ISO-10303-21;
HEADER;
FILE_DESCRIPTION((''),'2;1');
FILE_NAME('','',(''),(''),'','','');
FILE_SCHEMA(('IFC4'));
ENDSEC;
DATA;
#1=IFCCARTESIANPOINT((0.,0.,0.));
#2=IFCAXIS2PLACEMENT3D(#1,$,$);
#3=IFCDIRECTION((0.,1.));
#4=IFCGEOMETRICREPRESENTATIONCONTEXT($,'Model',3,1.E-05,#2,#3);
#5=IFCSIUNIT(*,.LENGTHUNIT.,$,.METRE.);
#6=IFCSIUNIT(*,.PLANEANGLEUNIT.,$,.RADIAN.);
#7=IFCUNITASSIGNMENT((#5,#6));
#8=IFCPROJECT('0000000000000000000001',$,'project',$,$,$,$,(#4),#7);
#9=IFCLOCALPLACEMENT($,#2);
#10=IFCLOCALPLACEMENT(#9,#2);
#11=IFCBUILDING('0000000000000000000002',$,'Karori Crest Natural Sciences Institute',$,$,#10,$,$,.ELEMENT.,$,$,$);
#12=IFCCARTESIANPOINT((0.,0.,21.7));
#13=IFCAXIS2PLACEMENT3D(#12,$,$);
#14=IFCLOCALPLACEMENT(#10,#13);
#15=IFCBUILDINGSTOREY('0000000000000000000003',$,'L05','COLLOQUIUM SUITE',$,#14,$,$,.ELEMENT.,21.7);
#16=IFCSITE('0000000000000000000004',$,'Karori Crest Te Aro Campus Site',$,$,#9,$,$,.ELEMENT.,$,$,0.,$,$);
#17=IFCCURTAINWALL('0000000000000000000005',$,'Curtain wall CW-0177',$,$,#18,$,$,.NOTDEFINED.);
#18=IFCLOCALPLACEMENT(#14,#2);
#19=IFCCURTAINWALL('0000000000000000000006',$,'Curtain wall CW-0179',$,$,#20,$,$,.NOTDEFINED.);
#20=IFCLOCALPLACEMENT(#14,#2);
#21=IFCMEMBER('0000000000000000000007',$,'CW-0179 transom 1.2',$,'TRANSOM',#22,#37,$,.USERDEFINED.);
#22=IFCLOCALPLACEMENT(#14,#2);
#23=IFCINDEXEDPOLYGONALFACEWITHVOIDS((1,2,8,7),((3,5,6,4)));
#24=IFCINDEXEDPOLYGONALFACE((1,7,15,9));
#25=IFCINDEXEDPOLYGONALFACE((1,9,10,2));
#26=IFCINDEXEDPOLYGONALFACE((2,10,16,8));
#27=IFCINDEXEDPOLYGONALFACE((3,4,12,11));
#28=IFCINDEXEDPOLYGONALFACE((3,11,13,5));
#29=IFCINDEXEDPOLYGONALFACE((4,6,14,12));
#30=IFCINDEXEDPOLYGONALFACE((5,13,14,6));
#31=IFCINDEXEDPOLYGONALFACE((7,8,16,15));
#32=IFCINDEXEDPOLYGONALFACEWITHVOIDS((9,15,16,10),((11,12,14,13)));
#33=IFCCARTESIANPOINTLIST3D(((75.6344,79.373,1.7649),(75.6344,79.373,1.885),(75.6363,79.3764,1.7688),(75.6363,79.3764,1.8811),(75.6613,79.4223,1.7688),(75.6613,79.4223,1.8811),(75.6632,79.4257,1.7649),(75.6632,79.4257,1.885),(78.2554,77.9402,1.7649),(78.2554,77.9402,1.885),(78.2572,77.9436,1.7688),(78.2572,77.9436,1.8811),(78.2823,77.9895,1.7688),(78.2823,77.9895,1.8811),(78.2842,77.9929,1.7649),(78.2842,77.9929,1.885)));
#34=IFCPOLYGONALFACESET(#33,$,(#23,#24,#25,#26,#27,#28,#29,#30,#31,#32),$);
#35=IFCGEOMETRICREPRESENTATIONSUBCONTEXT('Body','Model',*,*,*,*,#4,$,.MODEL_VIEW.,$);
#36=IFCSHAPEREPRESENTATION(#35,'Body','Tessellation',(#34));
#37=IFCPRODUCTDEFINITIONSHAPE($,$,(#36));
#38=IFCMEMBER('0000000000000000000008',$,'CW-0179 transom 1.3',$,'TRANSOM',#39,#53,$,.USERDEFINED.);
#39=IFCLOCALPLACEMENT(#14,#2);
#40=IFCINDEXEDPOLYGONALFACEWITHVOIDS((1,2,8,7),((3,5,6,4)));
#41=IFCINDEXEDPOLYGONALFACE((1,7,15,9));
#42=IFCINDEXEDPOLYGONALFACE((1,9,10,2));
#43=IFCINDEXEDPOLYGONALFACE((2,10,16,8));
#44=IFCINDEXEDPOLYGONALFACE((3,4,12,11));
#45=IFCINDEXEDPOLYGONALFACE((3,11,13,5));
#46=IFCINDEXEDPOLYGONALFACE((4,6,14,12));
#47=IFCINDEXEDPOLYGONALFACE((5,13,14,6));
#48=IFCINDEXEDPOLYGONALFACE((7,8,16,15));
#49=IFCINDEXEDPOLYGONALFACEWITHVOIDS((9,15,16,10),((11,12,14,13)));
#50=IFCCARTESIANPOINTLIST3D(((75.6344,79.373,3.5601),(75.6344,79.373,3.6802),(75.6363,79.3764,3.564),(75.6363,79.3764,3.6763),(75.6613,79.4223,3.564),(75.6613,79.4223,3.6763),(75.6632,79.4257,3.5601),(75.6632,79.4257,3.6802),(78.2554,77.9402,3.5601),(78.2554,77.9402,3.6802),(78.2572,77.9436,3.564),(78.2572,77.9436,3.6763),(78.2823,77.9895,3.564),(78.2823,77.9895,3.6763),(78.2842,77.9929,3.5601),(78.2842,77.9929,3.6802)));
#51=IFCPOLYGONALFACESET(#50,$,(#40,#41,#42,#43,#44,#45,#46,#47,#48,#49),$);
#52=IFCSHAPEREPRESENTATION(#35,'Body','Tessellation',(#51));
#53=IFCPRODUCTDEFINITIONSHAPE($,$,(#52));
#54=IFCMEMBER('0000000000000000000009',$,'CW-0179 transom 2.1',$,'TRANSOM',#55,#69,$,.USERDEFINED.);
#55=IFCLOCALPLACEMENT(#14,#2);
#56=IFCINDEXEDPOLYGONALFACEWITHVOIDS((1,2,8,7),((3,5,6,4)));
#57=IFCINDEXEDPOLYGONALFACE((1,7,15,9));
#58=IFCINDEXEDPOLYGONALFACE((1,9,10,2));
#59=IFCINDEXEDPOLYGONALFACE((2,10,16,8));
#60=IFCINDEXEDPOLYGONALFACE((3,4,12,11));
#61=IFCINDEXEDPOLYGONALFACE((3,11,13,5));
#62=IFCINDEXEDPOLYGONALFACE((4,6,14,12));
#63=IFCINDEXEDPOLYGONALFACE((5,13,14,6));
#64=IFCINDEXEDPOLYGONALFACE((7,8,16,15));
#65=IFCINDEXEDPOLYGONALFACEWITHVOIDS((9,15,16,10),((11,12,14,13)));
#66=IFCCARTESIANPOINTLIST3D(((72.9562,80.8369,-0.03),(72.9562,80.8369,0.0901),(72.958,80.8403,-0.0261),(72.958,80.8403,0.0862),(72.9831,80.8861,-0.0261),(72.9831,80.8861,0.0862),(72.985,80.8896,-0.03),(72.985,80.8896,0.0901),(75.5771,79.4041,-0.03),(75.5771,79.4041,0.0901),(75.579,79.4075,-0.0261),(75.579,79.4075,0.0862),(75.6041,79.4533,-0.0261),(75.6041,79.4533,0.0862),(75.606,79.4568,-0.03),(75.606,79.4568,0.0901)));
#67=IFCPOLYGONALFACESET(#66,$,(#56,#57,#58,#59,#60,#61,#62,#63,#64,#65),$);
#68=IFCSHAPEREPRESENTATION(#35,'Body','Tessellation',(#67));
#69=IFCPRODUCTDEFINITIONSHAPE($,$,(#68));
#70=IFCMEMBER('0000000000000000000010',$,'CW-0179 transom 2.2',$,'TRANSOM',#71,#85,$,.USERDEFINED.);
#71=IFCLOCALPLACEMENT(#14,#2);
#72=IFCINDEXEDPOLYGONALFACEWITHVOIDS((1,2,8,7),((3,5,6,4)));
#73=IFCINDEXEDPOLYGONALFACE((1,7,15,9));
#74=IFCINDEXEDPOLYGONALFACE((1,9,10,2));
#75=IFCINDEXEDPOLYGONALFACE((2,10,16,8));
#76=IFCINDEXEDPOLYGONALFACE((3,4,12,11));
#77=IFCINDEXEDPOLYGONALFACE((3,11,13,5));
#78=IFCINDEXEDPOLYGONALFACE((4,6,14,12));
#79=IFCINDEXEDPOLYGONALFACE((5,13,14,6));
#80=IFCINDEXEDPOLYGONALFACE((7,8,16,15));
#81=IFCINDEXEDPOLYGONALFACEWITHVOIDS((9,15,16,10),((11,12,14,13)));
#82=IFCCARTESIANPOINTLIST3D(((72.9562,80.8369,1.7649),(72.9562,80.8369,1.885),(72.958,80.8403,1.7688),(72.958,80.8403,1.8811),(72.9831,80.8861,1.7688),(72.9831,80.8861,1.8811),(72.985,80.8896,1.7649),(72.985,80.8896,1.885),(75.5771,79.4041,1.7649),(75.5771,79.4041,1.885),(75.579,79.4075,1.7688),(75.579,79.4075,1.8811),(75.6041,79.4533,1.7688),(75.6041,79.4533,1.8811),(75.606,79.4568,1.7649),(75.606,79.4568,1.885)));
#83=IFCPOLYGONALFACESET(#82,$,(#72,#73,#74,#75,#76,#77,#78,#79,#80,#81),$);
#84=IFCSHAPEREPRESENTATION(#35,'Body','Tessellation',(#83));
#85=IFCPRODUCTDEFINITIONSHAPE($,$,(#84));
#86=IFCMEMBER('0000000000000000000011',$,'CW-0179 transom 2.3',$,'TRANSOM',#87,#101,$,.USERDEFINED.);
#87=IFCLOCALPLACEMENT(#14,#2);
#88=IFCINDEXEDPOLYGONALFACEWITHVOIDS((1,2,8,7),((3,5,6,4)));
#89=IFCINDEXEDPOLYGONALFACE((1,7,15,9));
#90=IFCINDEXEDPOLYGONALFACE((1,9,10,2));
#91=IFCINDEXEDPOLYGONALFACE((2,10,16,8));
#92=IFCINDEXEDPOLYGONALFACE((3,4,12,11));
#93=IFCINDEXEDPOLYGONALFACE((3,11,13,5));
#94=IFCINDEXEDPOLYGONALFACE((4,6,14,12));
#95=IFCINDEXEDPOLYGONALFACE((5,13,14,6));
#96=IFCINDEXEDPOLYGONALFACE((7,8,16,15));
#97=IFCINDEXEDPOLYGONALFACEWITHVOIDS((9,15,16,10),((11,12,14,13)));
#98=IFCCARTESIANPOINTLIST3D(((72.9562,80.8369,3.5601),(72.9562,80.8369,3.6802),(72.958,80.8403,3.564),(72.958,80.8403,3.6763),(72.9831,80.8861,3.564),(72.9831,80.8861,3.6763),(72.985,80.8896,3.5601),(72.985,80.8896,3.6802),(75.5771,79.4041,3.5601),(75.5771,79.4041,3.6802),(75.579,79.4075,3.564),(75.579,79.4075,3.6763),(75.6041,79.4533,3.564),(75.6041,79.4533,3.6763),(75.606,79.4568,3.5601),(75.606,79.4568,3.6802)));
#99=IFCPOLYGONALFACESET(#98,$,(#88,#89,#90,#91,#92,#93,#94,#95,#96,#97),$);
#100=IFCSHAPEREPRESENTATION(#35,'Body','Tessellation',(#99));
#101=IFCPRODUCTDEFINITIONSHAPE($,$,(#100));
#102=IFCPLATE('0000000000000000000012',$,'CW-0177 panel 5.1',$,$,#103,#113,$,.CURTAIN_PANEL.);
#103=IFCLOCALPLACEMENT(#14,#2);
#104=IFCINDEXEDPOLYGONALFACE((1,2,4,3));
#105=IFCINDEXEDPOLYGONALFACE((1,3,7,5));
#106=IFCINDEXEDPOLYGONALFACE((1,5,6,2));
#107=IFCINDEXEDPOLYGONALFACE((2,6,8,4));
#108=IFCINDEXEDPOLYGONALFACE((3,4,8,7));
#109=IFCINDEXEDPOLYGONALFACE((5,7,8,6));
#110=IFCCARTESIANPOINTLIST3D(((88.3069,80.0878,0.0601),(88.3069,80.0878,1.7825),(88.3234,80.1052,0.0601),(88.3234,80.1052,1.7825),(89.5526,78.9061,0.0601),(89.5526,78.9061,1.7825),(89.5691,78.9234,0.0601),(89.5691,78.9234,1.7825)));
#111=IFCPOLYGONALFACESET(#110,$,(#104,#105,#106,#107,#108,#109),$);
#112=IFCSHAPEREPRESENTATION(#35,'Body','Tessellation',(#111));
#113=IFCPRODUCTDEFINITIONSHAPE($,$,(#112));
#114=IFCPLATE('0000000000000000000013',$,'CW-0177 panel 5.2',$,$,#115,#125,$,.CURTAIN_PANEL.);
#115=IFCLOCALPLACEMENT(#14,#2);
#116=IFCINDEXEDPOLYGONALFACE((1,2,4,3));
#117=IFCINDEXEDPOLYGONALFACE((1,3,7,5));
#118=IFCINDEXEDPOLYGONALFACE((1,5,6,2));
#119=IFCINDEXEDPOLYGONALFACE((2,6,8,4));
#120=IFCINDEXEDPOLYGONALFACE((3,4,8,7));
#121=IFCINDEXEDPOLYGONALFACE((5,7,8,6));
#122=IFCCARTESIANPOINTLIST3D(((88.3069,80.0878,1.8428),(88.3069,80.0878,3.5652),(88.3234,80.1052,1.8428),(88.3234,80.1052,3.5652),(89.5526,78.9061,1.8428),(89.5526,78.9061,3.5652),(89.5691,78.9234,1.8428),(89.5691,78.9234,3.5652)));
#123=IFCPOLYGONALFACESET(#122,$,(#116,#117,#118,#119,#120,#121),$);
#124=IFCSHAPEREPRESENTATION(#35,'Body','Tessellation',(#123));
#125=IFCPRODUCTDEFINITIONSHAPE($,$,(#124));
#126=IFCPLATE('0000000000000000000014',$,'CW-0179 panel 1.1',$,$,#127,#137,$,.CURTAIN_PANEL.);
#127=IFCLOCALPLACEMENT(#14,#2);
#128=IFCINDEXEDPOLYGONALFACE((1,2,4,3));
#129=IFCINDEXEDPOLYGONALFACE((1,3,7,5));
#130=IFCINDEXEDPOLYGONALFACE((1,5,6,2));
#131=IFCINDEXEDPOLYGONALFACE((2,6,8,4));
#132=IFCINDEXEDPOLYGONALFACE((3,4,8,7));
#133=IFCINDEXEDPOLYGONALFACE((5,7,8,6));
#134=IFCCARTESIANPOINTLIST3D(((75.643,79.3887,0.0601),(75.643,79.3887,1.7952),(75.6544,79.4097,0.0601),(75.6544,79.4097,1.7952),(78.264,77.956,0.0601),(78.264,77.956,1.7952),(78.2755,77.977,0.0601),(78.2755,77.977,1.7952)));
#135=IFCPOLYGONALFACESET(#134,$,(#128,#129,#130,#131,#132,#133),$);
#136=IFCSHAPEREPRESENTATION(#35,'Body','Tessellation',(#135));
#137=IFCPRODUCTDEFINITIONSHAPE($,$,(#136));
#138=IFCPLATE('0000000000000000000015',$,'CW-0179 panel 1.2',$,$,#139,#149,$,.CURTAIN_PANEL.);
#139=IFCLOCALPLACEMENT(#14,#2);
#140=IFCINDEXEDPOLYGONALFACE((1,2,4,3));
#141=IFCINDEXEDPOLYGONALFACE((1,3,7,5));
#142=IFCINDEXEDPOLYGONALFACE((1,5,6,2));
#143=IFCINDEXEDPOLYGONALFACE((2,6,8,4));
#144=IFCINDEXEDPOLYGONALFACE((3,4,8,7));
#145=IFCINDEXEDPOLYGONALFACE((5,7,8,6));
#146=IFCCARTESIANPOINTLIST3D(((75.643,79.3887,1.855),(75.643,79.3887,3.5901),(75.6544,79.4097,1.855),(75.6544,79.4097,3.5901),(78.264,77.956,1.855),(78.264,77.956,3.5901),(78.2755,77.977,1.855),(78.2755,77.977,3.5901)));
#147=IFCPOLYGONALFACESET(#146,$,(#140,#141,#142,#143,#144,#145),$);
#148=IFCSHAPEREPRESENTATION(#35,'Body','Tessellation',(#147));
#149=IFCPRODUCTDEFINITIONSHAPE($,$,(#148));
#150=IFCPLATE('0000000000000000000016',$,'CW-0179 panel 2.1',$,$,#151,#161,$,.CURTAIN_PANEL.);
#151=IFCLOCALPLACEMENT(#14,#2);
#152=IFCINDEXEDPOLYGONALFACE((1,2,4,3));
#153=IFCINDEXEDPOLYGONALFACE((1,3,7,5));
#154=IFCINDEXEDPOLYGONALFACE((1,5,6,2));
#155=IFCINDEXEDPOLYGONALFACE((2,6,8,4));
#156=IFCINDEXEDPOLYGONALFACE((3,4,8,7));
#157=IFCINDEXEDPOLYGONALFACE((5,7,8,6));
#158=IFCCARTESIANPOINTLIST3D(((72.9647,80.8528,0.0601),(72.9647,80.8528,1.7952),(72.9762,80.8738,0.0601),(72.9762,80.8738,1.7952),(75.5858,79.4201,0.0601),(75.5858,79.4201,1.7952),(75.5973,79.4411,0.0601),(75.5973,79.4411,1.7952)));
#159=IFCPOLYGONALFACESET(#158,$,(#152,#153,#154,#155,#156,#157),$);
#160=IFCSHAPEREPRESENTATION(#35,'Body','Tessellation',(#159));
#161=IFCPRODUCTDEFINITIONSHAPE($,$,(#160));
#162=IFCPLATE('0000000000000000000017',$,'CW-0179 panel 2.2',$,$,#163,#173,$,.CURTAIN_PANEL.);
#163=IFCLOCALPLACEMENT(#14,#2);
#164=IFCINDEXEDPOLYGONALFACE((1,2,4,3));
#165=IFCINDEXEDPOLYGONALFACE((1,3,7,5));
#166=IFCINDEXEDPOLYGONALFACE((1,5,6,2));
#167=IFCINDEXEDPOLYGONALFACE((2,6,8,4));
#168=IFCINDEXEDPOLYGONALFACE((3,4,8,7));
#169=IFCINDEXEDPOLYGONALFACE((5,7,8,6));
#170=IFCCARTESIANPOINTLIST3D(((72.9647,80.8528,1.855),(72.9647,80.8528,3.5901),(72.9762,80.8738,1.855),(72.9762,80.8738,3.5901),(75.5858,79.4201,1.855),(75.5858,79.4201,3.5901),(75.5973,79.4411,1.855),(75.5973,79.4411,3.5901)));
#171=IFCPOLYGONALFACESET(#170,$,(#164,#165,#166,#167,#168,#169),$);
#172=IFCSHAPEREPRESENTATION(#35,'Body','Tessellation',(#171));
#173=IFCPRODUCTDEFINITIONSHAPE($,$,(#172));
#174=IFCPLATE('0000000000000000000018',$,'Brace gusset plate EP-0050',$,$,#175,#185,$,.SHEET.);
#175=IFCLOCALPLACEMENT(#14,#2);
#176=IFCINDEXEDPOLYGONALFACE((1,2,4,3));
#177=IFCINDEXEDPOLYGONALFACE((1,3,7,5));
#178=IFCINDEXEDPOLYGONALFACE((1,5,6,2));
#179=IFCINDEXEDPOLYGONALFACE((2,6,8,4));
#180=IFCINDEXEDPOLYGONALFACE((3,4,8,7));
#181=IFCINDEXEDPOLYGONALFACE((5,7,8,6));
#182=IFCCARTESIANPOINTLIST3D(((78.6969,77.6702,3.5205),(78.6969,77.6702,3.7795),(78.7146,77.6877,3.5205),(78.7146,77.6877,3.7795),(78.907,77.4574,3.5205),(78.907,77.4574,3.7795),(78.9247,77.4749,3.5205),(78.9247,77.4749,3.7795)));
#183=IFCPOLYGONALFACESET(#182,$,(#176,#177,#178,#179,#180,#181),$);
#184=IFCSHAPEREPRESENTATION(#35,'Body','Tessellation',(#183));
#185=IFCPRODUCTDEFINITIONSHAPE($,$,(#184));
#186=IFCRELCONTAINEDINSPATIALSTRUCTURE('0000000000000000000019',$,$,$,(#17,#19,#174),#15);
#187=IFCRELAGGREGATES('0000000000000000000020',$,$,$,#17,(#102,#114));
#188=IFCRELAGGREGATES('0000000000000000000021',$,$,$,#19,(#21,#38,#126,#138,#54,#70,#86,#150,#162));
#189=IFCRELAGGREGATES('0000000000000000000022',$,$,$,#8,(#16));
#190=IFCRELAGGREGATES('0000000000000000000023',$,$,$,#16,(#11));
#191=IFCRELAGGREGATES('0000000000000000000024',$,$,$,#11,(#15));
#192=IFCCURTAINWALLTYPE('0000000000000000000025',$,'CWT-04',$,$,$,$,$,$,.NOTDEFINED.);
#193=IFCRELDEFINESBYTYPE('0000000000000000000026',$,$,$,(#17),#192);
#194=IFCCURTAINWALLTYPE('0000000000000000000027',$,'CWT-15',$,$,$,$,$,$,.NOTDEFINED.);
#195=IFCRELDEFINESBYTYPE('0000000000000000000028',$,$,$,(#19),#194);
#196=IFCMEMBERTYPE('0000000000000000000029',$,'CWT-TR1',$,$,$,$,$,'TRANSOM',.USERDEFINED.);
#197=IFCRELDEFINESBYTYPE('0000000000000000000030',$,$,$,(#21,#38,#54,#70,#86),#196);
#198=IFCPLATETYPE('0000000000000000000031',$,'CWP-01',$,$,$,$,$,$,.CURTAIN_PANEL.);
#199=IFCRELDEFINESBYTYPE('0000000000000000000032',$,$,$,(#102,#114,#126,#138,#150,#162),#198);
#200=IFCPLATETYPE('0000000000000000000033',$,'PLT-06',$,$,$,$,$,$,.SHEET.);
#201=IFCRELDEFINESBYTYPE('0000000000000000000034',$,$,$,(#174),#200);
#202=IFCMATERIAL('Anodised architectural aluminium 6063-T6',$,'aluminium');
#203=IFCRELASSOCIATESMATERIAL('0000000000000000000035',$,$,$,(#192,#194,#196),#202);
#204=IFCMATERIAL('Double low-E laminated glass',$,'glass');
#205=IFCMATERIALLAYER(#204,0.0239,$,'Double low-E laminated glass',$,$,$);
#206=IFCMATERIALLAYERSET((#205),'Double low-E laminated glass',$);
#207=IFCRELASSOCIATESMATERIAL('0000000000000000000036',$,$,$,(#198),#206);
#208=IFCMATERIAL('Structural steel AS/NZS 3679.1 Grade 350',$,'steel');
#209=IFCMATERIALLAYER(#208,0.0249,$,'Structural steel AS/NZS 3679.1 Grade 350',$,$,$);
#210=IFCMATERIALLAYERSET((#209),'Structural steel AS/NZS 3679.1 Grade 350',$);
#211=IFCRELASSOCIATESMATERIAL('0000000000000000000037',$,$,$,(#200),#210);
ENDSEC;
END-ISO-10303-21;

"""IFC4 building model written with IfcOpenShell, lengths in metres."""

from ifc_helpers import new_model, si_unit, direction, frame, origin, origin_2d, place, context, subcontext, project, spatial, rectangle, hollow_rectangle, extrude, material, layer, layer_set, material_profile, profile_set, type_object, element, aggregate, save


model = new_model("IFC4")

# Units and contexts
model_context = context("Model", 3, precision=1e-05, world=origin(), true_north=direction((0.0, 1.0)))
body_context = subcontext(model_context, "Body", "Model", "MODEL_VIEW")
ifc_project = project(units=[si_unit("LENGTHUNIT", "METRE"), si_unit("PLANEANGLEUNIT", "RADIAN")], contexts=[model_context])

# Site, building, storey
site_placement = place(None, origin())
site = spatial("IfcSite", under=ifc_project, at=site_placement, Name="Karori Crest Te Aro Campus Site", CompositionType="ELEMENT", RefElevation=0.0)
building_placement = place(site_placement, origin())
building = spatial("IfcBuilding", under=site, at=building_placement, Name="Karori Crest Natural Sciences Institute", CompositionType="ELEMENT")
storey_placement = place(building_placement, frame((0.0, 0.0, 21.7)))
storey = spatial("IfcBuildingStorey", under=building, at=storey_placement, Name="L05", Description="COLLOQUIUM SUITE", CompositionType="ELEMENT", Elevation=21.7)

# Shared definitions
ifc_material_1 = material(Name="Structural steel AS/NZS 3679.1 Grade 350", Category="steel")

# Shared definitions
ifc_material_2 = material(Name="Anodised architectural aluminium 6063-T6", Category="aluminium")

# Curtain walls
curtain_wall_type_1 = type_object("IfcCurtainWallType", Name="CWT-04", PredefinedType="NOTDEFINED", material=ifc_material_2)
curtain_wall_1_placement = place(storey_placement, origin())
curtain_wall_1 = element("IfcCurtainWall", 1, at=curtain_wall_1_placement, inside=storey, type_object=curtain_wall_type_1, Name="Curtain wall CW-0177", PredefinedType="NOTDEFINED")
curtain_wall_type_2 = type_object("IfcCurtainWallType", Name="CWT-15", PredefinedType="NOTDEFINED", material=ifc_material_2)
curtain_wall_2_placement = place(storey_placement, origin())
curtain_wall_2 = element("IfcCurtainWall", 2, at=curtain_wall_2_placement, inside=storey, type_object=curtain_wall_type_2, Name="Curtain wall CW-0179", PredefinedType="NOTDEFINED")

# Members
ifc_material_profile_1 = material_profile(ifc_material_2, hollow_rectangle(XDim=0.0601, YDim=0.1201, WallThickness=0.0039, at=origin_2d()), Name="CWT120x60x4")
ifc_profile_set_1 = profile_set([ifc_material_profile_1], Name="Anodised architectural aluminium 6063-T6")
member_type_1 = type_object("IfcMemberType", Name="CWT-TR1", ElementType="TRANSOM", PredefinedType="USERDEFINED", material=ifc_profile_set_1)
member_1_placement = place(storey_placement, frame((78.2698, 77.9666, 1.825), z_axis=(-0.877449, 0.479671, 0.0), x_axis=(-0.479671, -0.877449, 0.0)))
member_1 = element("IfcMember", 3, at=member_1_placement, type_object=member_type_1, Name="CW-0179 transom 1.2", ObjectType="TRANSOM", PredefinedType="USERDEFINED", context=body_context, shape_type="SweptSolid", body=[
    extrude(hollow_rectangle(XDim=0.0601, YDim=0.1201, WallThickness=0.0039, at=origin_2d()), origin(), (0.0, 0.0, 1.0), 2.9871),
])
member_2_placement = place(storey_placement, frame((78.2698, 77.9666, 3.6201), z_axis=(-0.877449, 0.479671, 0.0), x_axis=(-0.479671, -0.877449, 0.0)))
member_2 = element("IfcMember", 4, at=member_2_placement, type_object=member_type_1, Name="CW-0179 transom 1.3", ObjectType="TRANSOM", PredefinedType="USERDEFINED", context=body_context, shape_type="SweptSolid", body=[
    extrude(hollow_rectangle(XDim=0.0601, YDim=0.1201, WallThickness=0.0039, at=origin_2d()), origin(), (0.0, 0.0, 1.0), 2.9871),
])
member_3_placement = place(storey_placement, frame((75.5916, 79.4304, 0.03), z_axis=(-0.877449, 0.479671, 0.0), x_axis=(-0.479671, -0.877449, 0.0)))
member_3 = element("IfcMember", 5, at=member_3_placement, type_object=member_type_1, Name="CW-0179 transom 2.1", ObjectType="TRANSOM", PredefinedType="USERDEFINED", context=body_context, shape_type="SweptSolid", body=[
    extrude(hollow_rectangle(XDim=0.0601, YDim=0.1201, WallThickness=0.0039, at=origin_2d()), origin(), (0.0, 0.0, 1.0), 2.9871),
])
member_4_placement = place(storey_placement, frame((75.5916, 79.4304, 1.825), z_axis=(-0.877449, 0.479671, 0.0), x_axis=(-0.479671, -0.877449, 0.0)))
member_4 = element("IfcMember", 6, at=member_4_placement, type_object=member_type_1, Name="CW-0179 transom 2.2", ObjectType="TRANSOM", PredefinedType="USERDEFINED", context=body_context, shape_type="SweptSolid", body=[
    extrude(hollow_rectangle(XDim=0.0601, YDim=0.1201, WallThickness=0.0039, at=origin_2d()), origin(), (0.0, 0.0, 1.0), 2.9871),
])
member_5_placement = place(storey_placement, frame((75.5916, 79.4304, 3.6201), z_axis=(-0.877449, 0.479671, 0.0), x_axis=(-0.479671, -0.877449, 0.0)))
member_5 = element("IfcMember", 7, at=member_5_placement, type_object=member_type_1, Name="CW-0179 transom 2.3", ObjectType="TRANSOM", PredefinedType="USERDEFINED", context=body_context, shape_type="SweptSolid", body=[
    extrude(hollow_rectangle(XDim=0.0601, YDim=0.1201, WallThickness=0.0039, at=origin_2d()), origin(), (0.0, 0.0, 1.0), 2.9871),
])

# Plates
ifc_material_3 = material(Name="Double low-E laminated glass", Category="glass")
ifc_layer_1 = layer(ifc_material_3, 0.0239, Name="Double low-E laminated glass")
ifc_layer_set_1 = layer_set([ifc_layer_1], Name="Double low-E laminated glass")
plate_type_1 = type_object("IfcPlateType", Name="CWP-01", PredefinedType="CURTAIN_PANEL", material=ifc_layer_set_1)
plate_1_placement = place(storey_placement, frame((88.938, 79.5056, 0.0601), z_axis=(0.0, 0.0, 1.0), x_axis=(0.725471, -0.688252, 0.0)))
plate_1 = element("IfcPlate", 8, at=plate_1_placement, type_object=plate_type_1, Name="CW-0177 panel 5.1", PredefinedType="CURTAIN_PANEL", context=body_context, shape_type="SweptSolid", body=[
    extrude(rectangle(XDim=1.717, YDim=0.0239, at=origin_2d()), origin(), (0.0, 0.0, 1.0), 1.7224),
])
plate_2_placement = place(storey_placement, frame((88.938, 79.5056, 1.8428), z_axis=(0.0, 0.0, 1.0), x_axis=(0.725471, -0.688252, 0.0)))
plate_2 = element("IfcPlate", 9, at=plate_2_placement, type_object=plate_type_1, Name="CW-0177 panel 5.2", PredefinedType="CURTAIN_PANEL", context=body_context, shape_type="SweptSolid", body=[
    extrude(rectangle(XDim=1.717, YDim=0.0239, at=origin_2d()), origin(), (0.0, 0.0, 1.0), 1.7224),
])
aggregate(curtain_wall_1, [plate_1, plate_2])
plate_3_placement = place(storey_placement, frame((76.9592, 78.6829, 0.0601), z_axis=(0.0, 0.0, 1.0), x_axis=(-0.87747, 0.479631, 0.0)))
plate_3 = element("IfcPlate", 10, at=plate_3_placement, type_object=plate_type_1, Name="CW-0179 panel 1.1", PredefinedType="CURTAIN_PANEL", context=body_context, shape_type="SweptSolid", body=[
    extrude(rectangle(XDim=2.9871, YDim=0.0239, at=origin_2d()), origin(), (0.0, 0.0, 1.0), 1.7351),
])
plate_4_placement = place(storey_placement, frame((76.9592, 78.6829, 1.855), z_axis=(0.0, 0.0, 1.0), x_axis=(-0.87747, 0.479631, 0.0)))
plate_4 = element("IfcPlate", 11, at=plate_4_placement, type_object=plate_type_1, Name="CW-0179 panel 1.2", PredefinedType="CURTAIN_PANEL", context=body_context, shape_type="SweptSolid", body=[
    extrude(rectangle(XDim=2.9871, YDim=0.0239, at=origin_2d()), origin(), (0.0, 0.0, 1.0), 1.7351),
])
plate_5_placement = place(storey_placement, frame((74.281, 80.147, 0.0601), z_axis=(0.0, 0.0, 1.0), x_axis=(-0.87747, 0.479631, 0.0)))
plate_5 = element("IfcPlate", 12, at=plate_5_placement, type_object=plate_type_1, Name="CW-0179 panel 2.1", PredefinedType="CURTAIN_PANEL", context=body_context, shape_type="SweptSolid", body=[
    extrude(rectangle(XDim=2.9871, YDim=0.0239, at=origin_2d()), origin(), (0.0, 0.0, 1.0), 1.7351),
])
plate_6_placement = place(storey_placement, frame((74.281, 80.147, 1.855), z_axis=(0.0, 0.0, 1.0), x_axis=(-0.87747, 0.479631, 0.0)))
plate_6 = element("IfcPlate", 13, at=plate_6_placement, type_object=plate_type_1, Name="CW-0179 panel 2.2", PredefinedType="CURTAIN_PANEL", context=body_context, shape_type="SweptSolid", body=[
    extrude(rectangle(XDim=2.9871, YDim=0.0239, at=origin_2d()), origin(), (0.0, 0.0, 1.0), 1.7351),
])
aggregate(curtain_wall_2, [member_1, member_2, plate_3, plate_4, member_3, member_4, member_5, plate_5, plate_6])
ifc_layer_2 = layer(ifc_material_1, 0.0249, Name="Structural steel AS/NZS 3679.1 Grade 350")
ifc_layer_set_2 = layer_set([ifc_layer_2], Name="Structural steel AS/NZS 3679.1 Grade 350")
plate_type_2 = type_object("IfcPlateType", Name="PLT-06", PredefinedType="SHEET", material=ifc_layer_set_2)
plate_7_placement = place(storey_placement, frame((78.8108, 77.5725, 3.5205), z_axis=(0.0, 0.0, 1.0), x_axis=(-0.702664, 0.711522, 0.0)))
element("IfcPlate", 14, at=plate_7_placement, inside=storey, type_object=plate_type_2, Name="Brace gusset plate EP-0050", PredefinedType="SHEET", context=body_context, shape_type="SweptSolid", body=[
    extrude(rectangle(XDim=0.2991, YDim=0.0249, at=origin_2d()), origin(), (0.0, 0.0, 1.0), 0.259),
])

save(model, "model.ifc")
